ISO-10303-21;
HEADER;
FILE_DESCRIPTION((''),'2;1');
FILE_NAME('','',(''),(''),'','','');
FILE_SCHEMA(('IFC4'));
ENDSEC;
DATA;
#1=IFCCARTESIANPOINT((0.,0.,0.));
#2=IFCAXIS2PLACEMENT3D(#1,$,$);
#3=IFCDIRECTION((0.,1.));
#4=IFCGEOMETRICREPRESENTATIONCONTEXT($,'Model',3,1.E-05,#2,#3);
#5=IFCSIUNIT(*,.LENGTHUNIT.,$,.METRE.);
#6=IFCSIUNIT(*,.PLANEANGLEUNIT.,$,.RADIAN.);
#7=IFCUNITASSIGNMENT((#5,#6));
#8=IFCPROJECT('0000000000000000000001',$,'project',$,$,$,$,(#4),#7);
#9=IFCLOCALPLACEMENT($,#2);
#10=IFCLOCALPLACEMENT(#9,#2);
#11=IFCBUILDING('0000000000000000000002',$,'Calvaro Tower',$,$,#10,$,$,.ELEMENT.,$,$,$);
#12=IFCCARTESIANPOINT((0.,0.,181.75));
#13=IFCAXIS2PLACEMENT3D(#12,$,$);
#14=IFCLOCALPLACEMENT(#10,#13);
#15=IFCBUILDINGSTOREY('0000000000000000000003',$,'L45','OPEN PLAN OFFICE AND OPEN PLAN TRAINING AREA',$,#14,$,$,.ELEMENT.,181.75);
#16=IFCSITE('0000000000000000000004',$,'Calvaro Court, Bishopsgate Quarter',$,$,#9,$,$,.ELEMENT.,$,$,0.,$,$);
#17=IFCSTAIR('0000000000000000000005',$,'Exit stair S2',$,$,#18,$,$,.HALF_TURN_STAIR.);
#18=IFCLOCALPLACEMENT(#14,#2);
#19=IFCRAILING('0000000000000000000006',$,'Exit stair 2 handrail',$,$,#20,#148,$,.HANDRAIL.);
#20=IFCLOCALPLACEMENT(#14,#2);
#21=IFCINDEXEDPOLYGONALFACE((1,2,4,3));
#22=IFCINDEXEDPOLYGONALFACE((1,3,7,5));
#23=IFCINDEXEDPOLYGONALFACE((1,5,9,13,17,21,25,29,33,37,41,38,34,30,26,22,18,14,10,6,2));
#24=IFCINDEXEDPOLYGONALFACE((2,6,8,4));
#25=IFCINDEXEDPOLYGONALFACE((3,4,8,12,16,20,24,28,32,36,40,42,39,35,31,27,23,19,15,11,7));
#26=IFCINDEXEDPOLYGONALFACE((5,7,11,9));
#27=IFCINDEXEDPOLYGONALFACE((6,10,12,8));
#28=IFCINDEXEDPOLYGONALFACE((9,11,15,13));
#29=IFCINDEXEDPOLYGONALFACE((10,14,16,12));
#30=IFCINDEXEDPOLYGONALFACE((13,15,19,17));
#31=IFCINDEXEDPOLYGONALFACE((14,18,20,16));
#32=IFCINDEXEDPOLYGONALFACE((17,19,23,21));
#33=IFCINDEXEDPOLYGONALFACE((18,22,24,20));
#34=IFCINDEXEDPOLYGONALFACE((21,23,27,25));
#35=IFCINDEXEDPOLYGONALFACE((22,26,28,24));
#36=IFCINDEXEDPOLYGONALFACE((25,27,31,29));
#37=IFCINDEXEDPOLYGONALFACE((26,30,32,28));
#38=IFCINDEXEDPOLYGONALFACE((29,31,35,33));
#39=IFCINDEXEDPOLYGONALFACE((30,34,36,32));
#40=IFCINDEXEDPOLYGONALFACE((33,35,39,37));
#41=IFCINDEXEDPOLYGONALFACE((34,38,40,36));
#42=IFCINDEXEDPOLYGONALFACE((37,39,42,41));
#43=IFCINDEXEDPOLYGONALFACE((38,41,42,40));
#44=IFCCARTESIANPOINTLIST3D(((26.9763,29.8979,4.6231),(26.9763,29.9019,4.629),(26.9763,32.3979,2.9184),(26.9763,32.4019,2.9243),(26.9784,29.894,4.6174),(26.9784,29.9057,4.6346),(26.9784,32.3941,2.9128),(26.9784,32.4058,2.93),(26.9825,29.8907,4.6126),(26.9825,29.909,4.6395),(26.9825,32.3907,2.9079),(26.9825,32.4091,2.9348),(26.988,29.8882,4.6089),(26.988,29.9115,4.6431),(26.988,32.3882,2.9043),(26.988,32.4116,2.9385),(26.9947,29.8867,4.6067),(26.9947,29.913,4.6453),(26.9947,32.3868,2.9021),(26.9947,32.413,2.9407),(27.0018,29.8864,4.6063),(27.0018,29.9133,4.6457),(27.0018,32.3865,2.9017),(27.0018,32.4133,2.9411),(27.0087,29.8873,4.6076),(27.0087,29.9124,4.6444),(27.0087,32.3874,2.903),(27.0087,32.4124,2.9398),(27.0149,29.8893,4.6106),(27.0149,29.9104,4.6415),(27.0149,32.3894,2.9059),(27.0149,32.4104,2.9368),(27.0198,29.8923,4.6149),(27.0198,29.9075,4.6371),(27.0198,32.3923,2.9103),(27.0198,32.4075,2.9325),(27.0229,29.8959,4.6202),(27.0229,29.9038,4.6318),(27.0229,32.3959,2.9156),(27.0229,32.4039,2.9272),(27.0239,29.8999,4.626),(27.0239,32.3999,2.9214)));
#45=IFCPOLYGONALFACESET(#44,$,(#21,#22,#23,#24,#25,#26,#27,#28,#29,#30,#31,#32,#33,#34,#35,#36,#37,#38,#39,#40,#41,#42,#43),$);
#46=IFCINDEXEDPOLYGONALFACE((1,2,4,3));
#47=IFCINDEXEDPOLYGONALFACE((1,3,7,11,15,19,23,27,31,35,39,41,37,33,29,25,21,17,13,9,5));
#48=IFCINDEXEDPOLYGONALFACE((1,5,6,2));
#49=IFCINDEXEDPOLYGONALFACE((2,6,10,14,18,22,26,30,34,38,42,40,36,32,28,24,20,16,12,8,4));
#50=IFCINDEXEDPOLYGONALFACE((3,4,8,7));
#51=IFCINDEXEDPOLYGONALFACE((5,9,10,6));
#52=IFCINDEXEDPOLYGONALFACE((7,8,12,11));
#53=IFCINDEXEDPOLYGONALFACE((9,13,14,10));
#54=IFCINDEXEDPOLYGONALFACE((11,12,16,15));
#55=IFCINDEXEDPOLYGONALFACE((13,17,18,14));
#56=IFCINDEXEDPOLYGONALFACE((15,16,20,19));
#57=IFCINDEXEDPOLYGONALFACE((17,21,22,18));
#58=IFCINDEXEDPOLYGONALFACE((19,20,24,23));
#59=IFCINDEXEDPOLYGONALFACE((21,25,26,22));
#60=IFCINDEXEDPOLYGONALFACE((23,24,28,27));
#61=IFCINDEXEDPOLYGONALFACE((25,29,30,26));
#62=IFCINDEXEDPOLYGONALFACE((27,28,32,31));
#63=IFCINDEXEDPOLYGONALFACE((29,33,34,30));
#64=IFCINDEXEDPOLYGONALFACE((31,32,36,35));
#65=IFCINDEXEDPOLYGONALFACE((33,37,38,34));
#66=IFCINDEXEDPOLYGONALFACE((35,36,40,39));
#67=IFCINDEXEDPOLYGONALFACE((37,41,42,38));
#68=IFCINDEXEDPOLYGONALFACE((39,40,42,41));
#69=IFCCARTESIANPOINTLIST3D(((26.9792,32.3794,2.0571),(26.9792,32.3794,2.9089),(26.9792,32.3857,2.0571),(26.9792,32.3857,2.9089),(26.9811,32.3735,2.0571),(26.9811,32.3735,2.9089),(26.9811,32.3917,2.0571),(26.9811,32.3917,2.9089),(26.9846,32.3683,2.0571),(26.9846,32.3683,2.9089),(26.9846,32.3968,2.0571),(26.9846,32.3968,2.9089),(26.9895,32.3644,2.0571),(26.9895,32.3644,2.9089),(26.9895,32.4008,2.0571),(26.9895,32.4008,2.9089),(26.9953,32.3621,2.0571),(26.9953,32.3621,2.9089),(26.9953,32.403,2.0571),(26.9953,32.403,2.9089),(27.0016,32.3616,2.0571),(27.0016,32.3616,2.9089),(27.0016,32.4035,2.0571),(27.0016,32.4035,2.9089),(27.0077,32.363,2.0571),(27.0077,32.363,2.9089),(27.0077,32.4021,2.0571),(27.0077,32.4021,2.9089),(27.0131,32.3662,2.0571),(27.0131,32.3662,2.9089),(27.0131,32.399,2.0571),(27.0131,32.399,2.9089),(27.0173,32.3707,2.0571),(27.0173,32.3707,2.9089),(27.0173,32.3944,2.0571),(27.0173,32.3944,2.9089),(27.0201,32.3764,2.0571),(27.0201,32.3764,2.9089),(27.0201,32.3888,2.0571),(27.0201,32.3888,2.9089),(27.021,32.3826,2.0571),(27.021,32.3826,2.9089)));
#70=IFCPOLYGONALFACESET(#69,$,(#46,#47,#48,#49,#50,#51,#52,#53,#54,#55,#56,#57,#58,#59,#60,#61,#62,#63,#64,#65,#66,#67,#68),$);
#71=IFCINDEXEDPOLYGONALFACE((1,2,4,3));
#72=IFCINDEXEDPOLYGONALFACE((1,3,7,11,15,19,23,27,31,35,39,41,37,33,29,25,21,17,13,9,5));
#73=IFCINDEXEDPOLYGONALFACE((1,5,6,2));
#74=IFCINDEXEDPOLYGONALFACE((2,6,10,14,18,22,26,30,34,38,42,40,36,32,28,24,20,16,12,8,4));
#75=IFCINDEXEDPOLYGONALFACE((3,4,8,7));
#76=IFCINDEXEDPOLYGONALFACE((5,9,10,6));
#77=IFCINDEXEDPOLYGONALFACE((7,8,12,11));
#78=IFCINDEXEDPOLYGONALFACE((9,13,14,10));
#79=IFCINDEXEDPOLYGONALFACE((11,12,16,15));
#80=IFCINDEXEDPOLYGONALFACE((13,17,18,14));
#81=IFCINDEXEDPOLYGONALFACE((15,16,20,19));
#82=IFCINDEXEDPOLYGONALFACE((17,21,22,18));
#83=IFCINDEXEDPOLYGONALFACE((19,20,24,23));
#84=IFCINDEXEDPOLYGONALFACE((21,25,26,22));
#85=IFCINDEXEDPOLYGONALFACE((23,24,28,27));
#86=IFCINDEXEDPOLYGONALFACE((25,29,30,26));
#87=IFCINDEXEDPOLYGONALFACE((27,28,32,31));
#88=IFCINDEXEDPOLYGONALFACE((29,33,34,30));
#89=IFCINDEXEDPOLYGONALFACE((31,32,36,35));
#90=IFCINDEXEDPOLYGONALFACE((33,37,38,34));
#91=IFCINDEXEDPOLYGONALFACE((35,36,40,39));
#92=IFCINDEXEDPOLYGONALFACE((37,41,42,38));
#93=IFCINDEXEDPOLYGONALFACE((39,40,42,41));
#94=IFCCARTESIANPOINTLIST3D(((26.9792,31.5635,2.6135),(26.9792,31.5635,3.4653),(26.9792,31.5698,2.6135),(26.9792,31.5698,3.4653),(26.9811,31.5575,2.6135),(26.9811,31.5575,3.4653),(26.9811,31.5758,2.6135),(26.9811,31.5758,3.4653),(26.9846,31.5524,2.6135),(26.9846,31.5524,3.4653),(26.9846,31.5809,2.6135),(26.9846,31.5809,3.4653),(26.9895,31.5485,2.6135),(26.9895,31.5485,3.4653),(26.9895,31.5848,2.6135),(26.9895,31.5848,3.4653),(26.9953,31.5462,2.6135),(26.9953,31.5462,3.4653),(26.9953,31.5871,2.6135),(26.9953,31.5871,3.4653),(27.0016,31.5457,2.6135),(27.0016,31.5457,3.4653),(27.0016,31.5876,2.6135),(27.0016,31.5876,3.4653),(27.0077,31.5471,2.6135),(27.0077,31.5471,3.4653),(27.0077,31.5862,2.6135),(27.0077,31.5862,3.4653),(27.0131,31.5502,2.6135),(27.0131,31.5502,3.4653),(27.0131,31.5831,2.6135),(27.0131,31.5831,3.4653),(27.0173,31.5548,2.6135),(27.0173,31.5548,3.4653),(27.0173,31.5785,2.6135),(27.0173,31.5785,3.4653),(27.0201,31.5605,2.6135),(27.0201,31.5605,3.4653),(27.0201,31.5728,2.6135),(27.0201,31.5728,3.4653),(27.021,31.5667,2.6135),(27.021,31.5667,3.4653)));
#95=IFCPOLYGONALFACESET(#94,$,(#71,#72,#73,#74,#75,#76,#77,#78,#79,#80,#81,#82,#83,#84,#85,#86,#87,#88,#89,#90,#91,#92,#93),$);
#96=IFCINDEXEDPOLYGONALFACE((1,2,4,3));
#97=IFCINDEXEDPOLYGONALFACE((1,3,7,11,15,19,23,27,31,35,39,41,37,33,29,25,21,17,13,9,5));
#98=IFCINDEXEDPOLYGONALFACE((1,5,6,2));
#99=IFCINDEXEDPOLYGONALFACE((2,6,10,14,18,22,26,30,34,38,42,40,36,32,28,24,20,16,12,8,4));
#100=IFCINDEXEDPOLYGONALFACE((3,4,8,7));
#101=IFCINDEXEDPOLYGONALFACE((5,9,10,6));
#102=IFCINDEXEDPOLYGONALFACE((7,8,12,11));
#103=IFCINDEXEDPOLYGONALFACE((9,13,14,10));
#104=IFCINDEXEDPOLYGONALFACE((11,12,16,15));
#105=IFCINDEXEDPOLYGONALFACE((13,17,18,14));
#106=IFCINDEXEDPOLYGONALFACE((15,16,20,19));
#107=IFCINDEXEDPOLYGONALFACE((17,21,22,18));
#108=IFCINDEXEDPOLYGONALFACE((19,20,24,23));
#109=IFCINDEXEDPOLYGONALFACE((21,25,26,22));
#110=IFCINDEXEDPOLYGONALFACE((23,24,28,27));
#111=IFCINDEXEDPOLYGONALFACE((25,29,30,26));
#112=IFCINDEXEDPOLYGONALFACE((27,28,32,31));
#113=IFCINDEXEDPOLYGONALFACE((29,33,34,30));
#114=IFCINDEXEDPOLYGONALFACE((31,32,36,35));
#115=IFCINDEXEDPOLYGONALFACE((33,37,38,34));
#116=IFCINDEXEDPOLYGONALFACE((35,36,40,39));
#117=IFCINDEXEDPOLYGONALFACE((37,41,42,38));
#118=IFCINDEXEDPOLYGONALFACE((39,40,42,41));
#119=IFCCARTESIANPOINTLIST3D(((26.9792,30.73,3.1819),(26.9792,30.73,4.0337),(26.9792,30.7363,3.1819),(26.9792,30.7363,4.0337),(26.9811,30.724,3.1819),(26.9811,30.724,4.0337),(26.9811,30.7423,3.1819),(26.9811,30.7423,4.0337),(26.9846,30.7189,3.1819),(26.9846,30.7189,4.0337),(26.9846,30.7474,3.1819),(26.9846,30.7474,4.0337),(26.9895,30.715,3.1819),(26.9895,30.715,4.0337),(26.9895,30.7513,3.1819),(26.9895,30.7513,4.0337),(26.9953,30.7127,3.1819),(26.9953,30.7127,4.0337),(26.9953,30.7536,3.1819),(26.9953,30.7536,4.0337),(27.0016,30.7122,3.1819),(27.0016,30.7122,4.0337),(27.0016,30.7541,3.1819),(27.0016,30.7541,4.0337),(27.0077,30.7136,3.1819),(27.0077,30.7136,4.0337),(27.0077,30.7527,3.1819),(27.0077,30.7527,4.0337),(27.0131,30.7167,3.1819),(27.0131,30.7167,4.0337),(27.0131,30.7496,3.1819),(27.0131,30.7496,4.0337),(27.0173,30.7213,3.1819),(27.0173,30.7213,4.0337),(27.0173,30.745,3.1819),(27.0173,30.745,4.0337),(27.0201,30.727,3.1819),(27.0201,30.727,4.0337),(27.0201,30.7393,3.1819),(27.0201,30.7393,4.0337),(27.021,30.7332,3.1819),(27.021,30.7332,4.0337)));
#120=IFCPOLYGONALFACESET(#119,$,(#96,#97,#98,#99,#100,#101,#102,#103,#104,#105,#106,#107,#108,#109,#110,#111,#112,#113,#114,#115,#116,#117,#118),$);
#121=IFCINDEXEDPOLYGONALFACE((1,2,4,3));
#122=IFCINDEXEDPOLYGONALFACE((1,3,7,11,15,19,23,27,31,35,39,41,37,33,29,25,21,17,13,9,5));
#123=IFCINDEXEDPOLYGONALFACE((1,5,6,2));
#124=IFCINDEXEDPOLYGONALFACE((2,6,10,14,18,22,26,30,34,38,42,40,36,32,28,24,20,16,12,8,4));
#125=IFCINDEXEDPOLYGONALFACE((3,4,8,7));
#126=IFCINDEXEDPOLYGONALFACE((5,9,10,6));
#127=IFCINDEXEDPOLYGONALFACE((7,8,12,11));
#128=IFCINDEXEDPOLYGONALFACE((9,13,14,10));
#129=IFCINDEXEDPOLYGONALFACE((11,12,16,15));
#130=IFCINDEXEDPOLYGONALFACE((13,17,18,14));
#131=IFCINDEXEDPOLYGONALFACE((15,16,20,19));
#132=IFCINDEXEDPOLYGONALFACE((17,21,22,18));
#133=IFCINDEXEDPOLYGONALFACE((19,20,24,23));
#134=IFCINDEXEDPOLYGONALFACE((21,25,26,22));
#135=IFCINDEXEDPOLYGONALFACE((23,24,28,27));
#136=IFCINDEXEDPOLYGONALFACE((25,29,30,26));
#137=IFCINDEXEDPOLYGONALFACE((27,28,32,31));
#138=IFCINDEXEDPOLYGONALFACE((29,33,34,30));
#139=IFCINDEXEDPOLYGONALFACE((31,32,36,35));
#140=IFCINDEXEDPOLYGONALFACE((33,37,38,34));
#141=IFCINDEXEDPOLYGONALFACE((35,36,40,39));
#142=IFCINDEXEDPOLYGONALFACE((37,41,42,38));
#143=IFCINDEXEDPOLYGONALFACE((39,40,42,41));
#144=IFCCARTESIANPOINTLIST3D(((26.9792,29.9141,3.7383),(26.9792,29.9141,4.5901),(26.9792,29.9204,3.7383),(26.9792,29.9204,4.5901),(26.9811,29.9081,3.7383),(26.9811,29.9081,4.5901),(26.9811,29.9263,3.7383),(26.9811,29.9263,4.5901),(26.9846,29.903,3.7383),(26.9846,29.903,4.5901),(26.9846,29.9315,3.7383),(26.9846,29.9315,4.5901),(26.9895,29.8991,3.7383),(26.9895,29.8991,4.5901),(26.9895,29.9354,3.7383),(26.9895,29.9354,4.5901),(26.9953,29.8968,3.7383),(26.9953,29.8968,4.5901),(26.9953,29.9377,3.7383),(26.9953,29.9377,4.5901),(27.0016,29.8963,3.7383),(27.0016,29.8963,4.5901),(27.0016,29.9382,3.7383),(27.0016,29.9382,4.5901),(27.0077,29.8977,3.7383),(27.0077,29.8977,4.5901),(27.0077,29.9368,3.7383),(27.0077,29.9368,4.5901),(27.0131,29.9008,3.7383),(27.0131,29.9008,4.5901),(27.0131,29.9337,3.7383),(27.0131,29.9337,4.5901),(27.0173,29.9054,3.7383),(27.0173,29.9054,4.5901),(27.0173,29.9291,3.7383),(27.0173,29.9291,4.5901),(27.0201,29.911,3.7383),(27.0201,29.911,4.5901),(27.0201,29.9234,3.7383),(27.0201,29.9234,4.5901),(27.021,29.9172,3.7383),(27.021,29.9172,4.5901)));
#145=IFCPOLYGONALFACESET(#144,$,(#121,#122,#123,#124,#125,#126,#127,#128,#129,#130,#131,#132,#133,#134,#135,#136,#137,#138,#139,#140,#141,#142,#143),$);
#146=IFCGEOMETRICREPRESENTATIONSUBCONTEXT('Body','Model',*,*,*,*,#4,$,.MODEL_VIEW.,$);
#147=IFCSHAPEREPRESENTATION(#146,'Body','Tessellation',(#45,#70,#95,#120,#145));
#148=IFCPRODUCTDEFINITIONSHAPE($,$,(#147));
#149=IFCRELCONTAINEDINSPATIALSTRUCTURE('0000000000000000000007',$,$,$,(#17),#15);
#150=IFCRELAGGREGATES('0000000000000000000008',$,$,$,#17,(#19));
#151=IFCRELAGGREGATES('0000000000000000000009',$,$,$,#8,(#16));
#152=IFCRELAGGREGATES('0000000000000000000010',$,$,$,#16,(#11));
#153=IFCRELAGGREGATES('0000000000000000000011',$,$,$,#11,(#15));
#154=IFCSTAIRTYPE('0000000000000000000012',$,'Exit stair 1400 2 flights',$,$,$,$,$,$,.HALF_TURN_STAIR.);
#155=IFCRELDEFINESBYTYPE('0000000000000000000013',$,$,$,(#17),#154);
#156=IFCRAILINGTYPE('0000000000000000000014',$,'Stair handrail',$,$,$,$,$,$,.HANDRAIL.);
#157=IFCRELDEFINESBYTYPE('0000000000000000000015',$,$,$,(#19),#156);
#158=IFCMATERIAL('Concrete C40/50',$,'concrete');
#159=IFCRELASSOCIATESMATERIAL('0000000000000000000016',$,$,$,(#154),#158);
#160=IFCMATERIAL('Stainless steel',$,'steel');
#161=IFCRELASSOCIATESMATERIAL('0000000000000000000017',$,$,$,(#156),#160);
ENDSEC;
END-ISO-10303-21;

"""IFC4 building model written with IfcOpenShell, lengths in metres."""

from ifc_helpers import new_model, si_unit, direction, frame, origin, origin_2d, place, context, subcontext, project, spatial, circle, extrude, material, type_object, element, aggregate, save


model = new_model("IFC4")

# Units and contexts
model_context = context("Model", 3, precision=1e-05, world=origin(), true_north=direction((0.0, 1.0)))
body_context = subcontext(model_context, "Body", "Model", "MODEL_VIEW")
ifc_project = project(units=[si_unit("LENGTHUNIT", "METRE"), si_unit("PLANEANGLEUNIT", "RADIAN")], contexts=[model_context])

# Site, building, storey
site_placement = place(None, origin())
site = spatial("IfcSite", under=ifc_project, at=site_placement, Name="Calvaro Court, Bishopsgate Quarter", CompositionType="ELEMENT", RefElevation=0.0)
building_placement = place(site_placement, origin())
building = spatial("IfcBuilding", under=site, at=building_placement, Name="Calvaro Tower", CompositionType="ELEMENT")
storey_placement = place(building_placement, frame((0.0, 0.0, 181.75)))
storey = spatial("IfcBuildingStorey", under=building, at=storey_placement, Name="L45", Description="OPEN PLAN OFFICE AND OPEN PLAN TRAINING AREA", CompositionType="ELEMENT", Elevation=181.75)

# Stair, railing
ifc_material_1 = material(Name="Concrete C40/50", Category="concrete")
stair_type = type_object("IfcStairType", Name="Exit stair 1400 2 flights", PredefinedType="HALF_TURN_STAIR", material=ifc_material_1)
stair_placement = place(storey_placement, origin())
stair = element("IfcStair", 1, at=stair_placement, inside=storey, type_object=stair_type, Name="Exit stair S2", PredefinedType="HALF_TURN_STAIR")
ifc_material_2 = material(Name="Stainless steel", Category="steel")
railing_type = type_object("IfcRailingType", Name="Stair handrail", PredefinedType="HANDRAIL", material=ifc_material_2)
railing_1_placement = place(storey_placement, frame((27.0, 32.3999, 2.0454)))
railing_1 = element("IfcRailing", 2, at=railing_1_placement, type_object=railing_type, Name="Exit stair 2 handrail", PredefinedType="HANDRAIL", context=body_context, shape_type="SweptSolid", body=[
    extrude(circle(Radius=0.0239, at=origin_2d()), frame((0.0, 0.0, 0.876), z_axis=(0.0, -0.826221, 0.563347), x_axis=(1.0, 0.0, 0.0)), (0.0, 0.0, 1.0), 3.0259),
    extrude(circle(Radius=0.021, at=origin_2d()), frame((0.0, -0.0173, 0.0117)), (0.0, 0.0, 1.0), 0.8518),
    extrude(circle(Radius=0.021, at=origin_2d()), frame((0.0, -0.8333, 0.5681)), (0.0, 0.0, 1.0), 0.8518),
    extrude(circle(Radius=0.021, at=origin_2d()), frame((0.0, -1.6667, 1.1365)), (0.0, 0.0, 1.0), 0.8518),
    extrude(circle(Radius=0.021, at=origin_2d()), frame((0.0, -2.4827, 1.6929)), (0.0, 0.0, 1.0), 0.8518),
])
aggregate(stair, [railing_1])

save(model, "model.ifc")
